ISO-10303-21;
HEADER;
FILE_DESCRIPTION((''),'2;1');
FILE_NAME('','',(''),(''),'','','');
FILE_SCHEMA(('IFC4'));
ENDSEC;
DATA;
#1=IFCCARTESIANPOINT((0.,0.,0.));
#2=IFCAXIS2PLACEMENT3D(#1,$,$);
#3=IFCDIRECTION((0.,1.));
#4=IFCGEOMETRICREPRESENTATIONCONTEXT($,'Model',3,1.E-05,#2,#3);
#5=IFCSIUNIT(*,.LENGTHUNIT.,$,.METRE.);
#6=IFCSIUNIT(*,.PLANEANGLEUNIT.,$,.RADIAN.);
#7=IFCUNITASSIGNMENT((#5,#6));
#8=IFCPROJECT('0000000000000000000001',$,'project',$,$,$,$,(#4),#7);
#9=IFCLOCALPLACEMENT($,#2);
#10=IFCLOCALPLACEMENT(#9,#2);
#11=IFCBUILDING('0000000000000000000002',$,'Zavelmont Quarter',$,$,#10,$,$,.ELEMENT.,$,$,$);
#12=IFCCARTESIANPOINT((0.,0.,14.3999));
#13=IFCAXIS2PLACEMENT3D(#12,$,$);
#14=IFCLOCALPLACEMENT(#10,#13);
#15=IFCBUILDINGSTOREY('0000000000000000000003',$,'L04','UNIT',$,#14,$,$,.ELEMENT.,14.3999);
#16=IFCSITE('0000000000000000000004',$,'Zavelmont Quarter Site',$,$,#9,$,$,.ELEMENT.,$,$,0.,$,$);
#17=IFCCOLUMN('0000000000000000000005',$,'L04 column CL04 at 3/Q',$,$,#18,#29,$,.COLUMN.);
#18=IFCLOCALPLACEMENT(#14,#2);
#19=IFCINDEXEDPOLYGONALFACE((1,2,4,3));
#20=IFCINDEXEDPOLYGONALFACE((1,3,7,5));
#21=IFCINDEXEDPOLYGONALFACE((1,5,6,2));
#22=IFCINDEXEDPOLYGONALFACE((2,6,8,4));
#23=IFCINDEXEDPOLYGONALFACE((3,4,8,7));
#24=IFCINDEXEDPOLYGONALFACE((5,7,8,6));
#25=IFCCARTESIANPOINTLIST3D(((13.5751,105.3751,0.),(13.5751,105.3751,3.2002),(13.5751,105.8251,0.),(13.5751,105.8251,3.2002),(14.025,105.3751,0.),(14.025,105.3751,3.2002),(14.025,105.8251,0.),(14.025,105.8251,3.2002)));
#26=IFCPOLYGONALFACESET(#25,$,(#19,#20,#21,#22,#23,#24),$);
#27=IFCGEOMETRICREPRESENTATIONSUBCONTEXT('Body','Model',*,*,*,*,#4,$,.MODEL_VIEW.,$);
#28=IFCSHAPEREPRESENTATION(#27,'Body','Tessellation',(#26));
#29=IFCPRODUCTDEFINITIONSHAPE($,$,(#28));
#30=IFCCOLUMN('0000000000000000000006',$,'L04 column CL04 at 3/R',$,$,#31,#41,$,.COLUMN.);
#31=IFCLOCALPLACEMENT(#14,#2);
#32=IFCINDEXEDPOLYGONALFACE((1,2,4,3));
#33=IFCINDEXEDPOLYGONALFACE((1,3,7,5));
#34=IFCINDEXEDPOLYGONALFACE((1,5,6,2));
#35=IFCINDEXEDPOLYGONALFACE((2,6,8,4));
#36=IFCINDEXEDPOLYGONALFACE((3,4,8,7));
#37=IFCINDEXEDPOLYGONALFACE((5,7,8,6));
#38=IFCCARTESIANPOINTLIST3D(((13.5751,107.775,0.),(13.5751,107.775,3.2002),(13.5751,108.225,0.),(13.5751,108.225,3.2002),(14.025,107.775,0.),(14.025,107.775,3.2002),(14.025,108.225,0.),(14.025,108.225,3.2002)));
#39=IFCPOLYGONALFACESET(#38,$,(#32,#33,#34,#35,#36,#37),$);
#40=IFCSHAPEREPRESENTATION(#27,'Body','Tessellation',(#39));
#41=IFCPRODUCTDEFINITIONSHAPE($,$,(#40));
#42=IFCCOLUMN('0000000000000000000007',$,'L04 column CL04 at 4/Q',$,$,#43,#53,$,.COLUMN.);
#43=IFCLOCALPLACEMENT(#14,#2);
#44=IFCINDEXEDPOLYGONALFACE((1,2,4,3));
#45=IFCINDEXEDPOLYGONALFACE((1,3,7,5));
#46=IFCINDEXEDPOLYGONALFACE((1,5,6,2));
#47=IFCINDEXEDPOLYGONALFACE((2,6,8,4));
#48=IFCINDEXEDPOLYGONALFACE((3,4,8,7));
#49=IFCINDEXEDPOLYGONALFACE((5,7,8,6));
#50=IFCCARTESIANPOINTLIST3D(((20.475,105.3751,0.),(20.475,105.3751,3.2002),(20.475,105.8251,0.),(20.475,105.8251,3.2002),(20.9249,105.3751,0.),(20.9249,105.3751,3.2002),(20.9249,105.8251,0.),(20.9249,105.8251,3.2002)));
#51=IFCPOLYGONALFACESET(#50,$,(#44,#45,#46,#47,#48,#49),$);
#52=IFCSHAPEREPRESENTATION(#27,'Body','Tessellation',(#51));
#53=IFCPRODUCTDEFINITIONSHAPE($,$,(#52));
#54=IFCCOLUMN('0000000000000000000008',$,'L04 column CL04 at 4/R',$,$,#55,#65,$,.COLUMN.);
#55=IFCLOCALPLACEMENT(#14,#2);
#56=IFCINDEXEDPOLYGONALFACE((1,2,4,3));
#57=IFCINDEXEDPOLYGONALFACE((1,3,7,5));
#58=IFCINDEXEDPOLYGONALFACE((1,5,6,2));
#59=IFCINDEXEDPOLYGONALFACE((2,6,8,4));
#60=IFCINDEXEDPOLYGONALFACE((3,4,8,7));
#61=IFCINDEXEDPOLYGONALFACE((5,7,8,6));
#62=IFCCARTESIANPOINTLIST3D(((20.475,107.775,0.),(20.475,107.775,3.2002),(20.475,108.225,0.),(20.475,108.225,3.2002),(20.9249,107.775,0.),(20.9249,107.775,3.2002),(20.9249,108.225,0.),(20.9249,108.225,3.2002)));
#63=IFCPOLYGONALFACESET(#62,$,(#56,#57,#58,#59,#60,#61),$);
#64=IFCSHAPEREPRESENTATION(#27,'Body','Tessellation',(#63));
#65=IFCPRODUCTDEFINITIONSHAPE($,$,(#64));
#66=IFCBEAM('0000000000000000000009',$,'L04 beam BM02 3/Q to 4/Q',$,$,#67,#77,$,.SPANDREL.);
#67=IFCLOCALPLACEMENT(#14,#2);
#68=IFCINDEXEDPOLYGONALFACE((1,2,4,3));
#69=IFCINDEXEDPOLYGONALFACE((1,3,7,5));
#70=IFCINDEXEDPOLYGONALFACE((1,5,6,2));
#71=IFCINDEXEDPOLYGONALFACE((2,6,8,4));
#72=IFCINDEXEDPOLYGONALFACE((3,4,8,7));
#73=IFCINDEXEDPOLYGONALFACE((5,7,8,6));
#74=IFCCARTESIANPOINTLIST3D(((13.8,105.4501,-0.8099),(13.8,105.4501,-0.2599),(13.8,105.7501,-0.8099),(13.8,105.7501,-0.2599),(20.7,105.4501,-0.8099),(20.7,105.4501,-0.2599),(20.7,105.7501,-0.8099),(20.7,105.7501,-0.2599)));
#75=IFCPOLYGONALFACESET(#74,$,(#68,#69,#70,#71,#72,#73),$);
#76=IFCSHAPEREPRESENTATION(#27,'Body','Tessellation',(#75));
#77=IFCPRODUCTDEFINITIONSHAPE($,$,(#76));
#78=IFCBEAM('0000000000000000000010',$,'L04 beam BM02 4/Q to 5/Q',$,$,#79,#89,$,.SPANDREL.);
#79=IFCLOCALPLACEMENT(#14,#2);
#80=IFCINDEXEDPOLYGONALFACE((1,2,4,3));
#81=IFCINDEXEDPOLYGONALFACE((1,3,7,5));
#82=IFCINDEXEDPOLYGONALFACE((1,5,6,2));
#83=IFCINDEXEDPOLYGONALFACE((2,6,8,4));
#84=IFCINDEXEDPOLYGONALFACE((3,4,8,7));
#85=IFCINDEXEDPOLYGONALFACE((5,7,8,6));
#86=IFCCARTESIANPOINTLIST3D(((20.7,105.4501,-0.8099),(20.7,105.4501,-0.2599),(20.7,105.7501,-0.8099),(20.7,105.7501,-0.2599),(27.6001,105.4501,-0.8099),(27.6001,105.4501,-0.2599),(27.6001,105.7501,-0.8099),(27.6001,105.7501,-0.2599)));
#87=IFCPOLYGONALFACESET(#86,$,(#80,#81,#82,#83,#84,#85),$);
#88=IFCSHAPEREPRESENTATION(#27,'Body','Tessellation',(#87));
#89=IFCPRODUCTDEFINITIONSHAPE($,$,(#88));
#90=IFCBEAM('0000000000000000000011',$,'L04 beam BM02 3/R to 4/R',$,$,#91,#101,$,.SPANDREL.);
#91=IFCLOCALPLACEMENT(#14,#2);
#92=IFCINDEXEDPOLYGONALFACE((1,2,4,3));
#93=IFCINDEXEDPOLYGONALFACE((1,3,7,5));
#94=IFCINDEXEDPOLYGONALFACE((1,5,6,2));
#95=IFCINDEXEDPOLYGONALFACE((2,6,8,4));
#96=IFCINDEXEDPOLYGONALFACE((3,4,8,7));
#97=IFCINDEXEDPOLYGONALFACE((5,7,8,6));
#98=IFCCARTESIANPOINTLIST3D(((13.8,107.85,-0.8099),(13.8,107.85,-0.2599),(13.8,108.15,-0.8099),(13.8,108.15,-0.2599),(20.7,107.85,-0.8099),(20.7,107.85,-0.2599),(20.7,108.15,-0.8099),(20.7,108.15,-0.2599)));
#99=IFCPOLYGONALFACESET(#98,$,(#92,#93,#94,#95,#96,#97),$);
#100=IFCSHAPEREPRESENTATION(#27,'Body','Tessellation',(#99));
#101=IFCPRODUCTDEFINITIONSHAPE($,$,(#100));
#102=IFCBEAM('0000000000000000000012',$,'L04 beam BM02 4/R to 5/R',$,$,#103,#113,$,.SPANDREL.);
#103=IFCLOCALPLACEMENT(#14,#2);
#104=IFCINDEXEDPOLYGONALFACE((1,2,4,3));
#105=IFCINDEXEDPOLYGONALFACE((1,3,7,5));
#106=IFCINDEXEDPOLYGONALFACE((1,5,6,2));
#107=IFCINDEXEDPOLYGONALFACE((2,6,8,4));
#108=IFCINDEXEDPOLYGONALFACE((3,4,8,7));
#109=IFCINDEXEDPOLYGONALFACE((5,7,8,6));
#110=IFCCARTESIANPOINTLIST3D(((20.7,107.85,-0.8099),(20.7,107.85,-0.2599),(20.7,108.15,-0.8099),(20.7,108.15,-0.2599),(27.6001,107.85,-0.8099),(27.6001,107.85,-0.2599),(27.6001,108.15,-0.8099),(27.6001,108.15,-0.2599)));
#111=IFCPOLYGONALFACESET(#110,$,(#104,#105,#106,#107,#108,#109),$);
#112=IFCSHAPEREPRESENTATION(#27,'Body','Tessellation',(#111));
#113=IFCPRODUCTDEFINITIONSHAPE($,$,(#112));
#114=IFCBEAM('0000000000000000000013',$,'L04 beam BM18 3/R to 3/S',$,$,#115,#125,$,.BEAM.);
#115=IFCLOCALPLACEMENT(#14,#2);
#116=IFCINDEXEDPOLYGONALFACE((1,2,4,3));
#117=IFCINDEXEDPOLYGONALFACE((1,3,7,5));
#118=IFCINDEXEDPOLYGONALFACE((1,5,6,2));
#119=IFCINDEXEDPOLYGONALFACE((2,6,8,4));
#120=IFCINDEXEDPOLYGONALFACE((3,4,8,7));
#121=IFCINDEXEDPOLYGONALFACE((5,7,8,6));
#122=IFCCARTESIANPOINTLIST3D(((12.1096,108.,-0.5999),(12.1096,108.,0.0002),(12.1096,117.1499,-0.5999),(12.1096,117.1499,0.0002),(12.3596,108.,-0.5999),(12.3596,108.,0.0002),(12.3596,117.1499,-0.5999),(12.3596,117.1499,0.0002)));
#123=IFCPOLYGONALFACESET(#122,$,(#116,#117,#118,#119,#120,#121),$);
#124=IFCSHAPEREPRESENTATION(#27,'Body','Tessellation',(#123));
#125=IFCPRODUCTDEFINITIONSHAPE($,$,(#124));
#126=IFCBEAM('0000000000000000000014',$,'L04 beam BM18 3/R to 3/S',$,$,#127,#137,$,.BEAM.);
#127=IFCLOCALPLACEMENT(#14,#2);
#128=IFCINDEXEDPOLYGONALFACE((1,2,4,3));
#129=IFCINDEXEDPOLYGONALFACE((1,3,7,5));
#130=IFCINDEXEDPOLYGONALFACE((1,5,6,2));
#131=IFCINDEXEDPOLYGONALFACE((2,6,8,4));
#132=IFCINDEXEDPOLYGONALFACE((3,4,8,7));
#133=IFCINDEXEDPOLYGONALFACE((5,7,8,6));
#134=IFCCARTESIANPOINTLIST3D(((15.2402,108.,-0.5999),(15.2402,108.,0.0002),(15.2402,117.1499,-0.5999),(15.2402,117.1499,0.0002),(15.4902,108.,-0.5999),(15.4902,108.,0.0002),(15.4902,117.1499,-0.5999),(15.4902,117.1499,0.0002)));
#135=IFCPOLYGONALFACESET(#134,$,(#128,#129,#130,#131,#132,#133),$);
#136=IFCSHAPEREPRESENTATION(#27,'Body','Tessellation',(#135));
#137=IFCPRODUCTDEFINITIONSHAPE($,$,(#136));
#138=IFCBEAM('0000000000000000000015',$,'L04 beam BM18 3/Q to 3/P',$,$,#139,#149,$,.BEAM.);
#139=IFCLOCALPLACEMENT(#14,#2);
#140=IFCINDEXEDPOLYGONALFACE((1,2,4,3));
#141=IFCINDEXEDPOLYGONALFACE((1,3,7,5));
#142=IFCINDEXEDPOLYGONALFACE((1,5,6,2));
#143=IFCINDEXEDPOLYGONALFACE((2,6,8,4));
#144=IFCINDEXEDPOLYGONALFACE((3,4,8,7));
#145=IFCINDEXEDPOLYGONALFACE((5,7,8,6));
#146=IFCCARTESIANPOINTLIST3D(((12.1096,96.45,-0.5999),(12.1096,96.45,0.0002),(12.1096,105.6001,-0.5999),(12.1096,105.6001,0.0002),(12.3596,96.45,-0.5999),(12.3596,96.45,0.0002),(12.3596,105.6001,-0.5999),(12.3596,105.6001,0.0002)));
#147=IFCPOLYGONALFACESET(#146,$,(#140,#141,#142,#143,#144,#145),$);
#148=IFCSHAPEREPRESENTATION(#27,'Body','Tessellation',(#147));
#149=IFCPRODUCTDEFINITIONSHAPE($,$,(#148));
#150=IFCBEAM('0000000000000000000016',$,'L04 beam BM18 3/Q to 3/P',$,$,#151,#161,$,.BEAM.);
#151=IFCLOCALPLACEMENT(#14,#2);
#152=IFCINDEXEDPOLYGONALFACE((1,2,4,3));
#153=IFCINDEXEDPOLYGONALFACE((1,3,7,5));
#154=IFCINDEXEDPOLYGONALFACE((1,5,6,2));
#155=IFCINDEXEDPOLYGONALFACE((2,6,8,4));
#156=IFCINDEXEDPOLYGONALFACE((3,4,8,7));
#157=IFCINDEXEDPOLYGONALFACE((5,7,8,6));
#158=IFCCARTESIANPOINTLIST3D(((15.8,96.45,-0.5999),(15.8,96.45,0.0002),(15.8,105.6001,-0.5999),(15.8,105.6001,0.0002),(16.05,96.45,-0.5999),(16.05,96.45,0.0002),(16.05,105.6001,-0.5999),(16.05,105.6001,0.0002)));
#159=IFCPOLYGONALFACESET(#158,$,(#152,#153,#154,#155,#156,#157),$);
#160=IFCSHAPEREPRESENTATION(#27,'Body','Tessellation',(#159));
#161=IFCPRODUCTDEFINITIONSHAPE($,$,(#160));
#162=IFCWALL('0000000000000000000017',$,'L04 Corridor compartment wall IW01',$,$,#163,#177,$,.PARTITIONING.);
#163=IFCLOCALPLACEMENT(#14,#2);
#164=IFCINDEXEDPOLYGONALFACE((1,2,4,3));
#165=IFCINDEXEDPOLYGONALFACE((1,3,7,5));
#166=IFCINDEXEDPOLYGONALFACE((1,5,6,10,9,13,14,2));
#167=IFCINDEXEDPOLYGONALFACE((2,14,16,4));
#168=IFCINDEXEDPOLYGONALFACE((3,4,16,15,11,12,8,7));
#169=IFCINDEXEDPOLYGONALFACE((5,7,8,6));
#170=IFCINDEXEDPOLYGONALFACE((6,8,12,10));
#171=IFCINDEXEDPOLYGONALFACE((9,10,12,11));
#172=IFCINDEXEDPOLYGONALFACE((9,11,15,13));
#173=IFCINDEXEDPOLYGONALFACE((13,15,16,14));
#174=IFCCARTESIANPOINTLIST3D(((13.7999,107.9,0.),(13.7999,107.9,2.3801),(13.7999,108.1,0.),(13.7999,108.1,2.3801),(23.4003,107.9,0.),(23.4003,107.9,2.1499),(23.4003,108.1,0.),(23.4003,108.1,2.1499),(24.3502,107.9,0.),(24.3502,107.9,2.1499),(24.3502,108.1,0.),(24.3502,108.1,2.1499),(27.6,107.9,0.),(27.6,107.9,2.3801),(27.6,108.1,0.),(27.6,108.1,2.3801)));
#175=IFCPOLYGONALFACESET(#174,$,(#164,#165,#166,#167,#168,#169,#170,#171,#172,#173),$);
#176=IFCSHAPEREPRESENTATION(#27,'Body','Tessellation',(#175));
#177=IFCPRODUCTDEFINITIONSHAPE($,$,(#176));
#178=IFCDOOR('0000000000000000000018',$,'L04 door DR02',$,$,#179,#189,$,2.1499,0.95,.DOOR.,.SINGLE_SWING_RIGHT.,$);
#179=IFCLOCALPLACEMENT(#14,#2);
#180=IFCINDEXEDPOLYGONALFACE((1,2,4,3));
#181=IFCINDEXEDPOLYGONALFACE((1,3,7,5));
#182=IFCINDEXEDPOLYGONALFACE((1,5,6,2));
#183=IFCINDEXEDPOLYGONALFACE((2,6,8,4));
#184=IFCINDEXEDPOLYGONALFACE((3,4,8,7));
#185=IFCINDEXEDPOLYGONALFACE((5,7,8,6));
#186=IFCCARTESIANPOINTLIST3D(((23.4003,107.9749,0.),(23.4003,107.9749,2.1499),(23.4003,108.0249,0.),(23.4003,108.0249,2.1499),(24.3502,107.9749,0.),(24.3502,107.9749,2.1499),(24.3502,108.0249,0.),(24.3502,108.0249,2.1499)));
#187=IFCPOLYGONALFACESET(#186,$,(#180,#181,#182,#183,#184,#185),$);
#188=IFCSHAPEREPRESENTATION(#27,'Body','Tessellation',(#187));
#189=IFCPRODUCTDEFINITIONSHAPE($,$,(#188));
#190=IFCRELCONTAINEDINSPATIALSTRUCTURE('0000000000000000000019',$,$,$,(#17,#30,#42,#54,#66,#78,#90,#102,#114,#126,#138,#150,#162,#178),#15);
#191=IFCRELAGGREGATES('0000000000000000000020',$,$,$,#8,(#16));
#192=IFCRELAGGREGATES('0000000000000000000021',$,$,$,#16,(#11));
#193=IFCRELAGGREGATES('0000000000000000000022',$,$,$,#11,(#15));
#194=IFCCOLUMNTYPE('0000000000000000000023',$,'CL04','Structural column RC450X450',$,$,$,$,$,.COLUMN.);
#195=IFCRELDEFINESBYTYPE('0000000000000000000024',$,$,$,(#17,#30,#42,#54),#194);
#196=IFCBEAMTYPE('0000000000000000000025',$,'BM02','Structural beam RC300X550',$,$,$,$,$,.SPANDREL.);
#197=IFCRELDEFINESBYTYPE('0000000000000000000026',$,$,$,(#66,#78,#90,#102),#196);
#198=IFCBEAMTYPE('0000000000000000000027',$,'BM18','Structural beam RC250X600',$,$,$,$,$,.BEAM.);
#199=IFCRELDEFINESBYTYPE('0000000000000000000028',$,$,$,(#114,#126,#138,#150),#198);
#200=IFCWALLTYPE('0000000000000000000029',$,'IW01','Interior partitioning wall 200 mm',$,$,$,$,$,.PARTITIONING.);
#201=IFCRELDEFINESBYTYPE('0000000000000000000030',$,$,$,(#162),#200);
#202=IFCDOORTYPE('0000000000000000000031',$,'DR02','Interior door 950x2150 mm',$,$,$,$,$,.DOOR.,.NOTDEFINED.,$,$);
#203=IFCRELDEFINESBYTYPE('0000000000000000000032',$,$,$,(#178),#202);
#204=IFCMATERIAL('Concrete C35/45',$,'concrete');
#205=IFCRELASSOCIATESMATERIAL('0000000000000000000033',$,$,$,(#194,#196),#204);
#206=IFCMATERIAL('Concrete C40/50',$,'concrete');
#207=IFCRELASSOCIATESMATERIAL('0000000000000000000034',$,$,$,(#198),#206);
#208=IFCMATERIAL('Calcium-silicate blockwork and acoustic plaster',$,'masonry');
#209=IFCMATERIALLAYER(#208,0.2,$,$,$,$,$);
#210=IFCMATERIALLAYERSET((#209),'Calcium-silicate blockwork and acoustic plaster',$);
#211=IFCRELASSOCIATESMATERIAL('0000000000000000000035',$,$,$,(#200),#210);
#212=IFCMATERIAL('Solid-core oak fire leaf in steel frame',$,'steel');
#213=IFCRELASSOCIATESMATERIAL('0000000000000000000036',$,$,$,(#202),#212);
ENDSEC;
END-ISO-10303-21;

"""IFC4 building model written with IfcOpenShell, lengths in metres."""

from ifc_helpers import new_model, si_unit, direction, frame, frame_2d, origin, origin_with_axes, origin_2d, place, context, subcontext, project, spatial, rectangle, extrude, material, layer, layer_set, material_profile, profile_set, type_object, element, fill, save


model = new_model("IFC4")

# Units and contexts
model_context = context("Model", 3, precision=1e-05, world=origin(), true_north=direction((0.0, 1.0)))
body_context = subcontext(model_context, "Body", "Model", "MODEL_VIEW")
ifc_project = project(units=[si_unit("LENGTHUNIT", "METRE"), si_unit("PLANEANGLEUNIT", "RADIAN")], contexts=[model_context])

# Site, building, storey
site_placement = place(None, origin())
site = spatial("IfcSite", under=ifc_project, at=site_placement, Name="Zavelmont Quarter Site", CompositionType="ELEMENT", RefElevation=0.0)
building_placement = place(site_placement, origin())
building = spatial("IfcBuilding", under=site, at=building_placement, Name="Zavelmont Quarter", CompositionType="ELEMENT")
storey_placement = place(building_placement, frame((0.0, 0.0, 14.3999)))
storey = spatial("IfcBuildingStorey", under=building, at=storey_placement, Name="L04", Description="UNIT", CompositionType="ELEMENT", Elevation=14.3999)

# Columns
ifc_material_1 = material(Name="Concrete C35/45", Category="concrete")
ifc_material_profile_1 = material_profile(ifc_material_1, rectangle(XDim=0.45, YDim=0.45, at=origin_2d()), Name="RC450X450")
ifc_profile_set_1 = profile_set([ifc_material_profile_1], Name="Concrete C35/45")
column_type = type_object("IfcColumnType", Name="CL04", Description="Structural column RC450X450", PredefinedType="COLUMN", material=ifc_profile_set_1)
for number, where, z_axis, x_axis, name in (
    (1, (13.8, 105.6001, 0.0), (0.0, 0.0, 1.0), (1.0, 0.0, 0.0), "L04 column CL04 at 3/Q"),
    (2, (13.8, 108.0, 0.0), (0.0, 0.0, 1.0), (1.0, 0.0, 0.0), "L04 column CL04 at 3/R"),
    (3, (20.7, 105.6001, 0.0), (0.0, 0.0, 1.0), (1.0, 0.0, 0.0), "L04 column CL04 at 4/Q"),
    (4, (20.7, 108.0, 0.0), (0.0, 0.0, 1.0), (1.0, 0.0, 0.0), "L04 column CL04 at 4/R"),
):
    element("IfcColumn", number, at=place(storey_placement, frame(where, z_axis=z_axis, x_axis=x_axis)), inside=storey, type_object=column_type, Name=name, PredefinedType="COLUMN", context=body_context, shape_type="SweptSolid", body=[
        extrude(rectangle(XDim=0.45, YDim=0.45, at=origin_2d()), origin(), (0.0, 0.0, 1.0), 3.2002),
    ])

# Beams
ifc_material_profile_2 = material_profile(ifc_material_1, rectangle(XDim=0.3, YDim=0.55, at=origin_2d()), Name="RC300X550")
ifc_profile_set_2 = profile_set([ifc_material_profile_2], Name="Concrete C35/45")
beam_type_1 = type_object("IfcBeamType", Name="BM02", Description="Structural beam RC300X550", PredefinedType="SPANDREL", material=ifc_profile_set_2)
beam_1_placement = place(storey_placement, frame((13.8, 105.6001, -0.5349), z_axis=(1.0, 0.0, 0.0), x_axis=(0.0, 1.0, 0.0)))
element("IfcBeam", 5, at=beam_1_placement, inside=storey, type_object=beam_type_1, Name="L04 beam BM02 3/Q to 4/Q", PredefinedType="SPANDREL", context=body_context, shape_type="SweptSolid", body=[
    extrude(rectangle(XDim=0.3, YDim=0.55, at=origin_2d()), origin(), (0.0, 0.0, 1.0), 6.8999),
])
beam_2_placement = place(storey_placement, frame((20.7, 105.6001, -0.5349), z_axis=(1.0, 0.0, 0.0), x_axis=(0.0, 1.0, 0.0)))
element("IfcBeam", 6, at=beam_2_placement, inside=storey, type_object=beam_type_1, Name="L04 beam BM02 4/Q to 5/Q", PredefinedType="SPANDREL", context=body_context, shape_type="SweptSolid", body=[
    extrude(rectangle(XDim=0.3, YDim=0.55, at=origin_2d()), origin(), (0.0, 0.0, 1.0), 6.9001),
])
beam_3_placement = place(storey_placement, frame((13.8, 108.0, -0.5349), z_axis=(1.0, 0.0, 0.0), x_axis=(0.0, 1.0, 0.0)))
element("IfcBeam", 7, at=beam_3_placement, inside=storey, type_object=beam_type_1, Name="L04 beam BM02 3/R to 4/R", PredefinedType="SPANDREL", context=body_context, shape_type="SweptSolid", body=[
    extrude(rectangle(XDim=0.3, YDim=0.55, at=origin_2d()), origin(), (0.0, 0.0, 1.0), 6.8999),
])
beam_4_placement = place(storey_placement, frame((20.7, 108.0, -0.5349), z_axis=(1.0, 0.0, 0.0), x_axis=(0.0, 1.0, 0.0)))
element("IfcBeam", 8, at=beam_4_placement, inside=storey, type_object=beam_type_1, Name="L04 beam BM02 4/R to 5/R", PredefinedType="SPANDREL", context=body_context, shape_type="SweptSolid", body=[
    extrude(rectangle(XDim=0.3, YDim=0.55, at=origin_2d()), origin(), (0.0, 0.0, 1.0), 6.9001),
])
ifc_material_2 = material(Name="Concrete C40/50", Category="concrete")
ifc_material_profile_3 = material_profile(ifc_material_2, rectangle(XDim=0.25, YDim=0.6001, at=origin_2d()), Name="RC250X600")
ifc_profile_set_3 = profile_set([ifc_material_profile_3], Name="Concrete C40/50")
beam_type_2 = type_object("IfcBeamType", Name="BM18", Description="Structural beam RC250X600", PredefinedType="BEAM", material=ifc_profile_set_3)
for number, where, z_axis, x_axis, name in (
    (9, (12.2346, 108.0, -0.2998), (0.0, 1.0, 0.0), (-1.0, 0.0, 0.0), "L04 beam BM18 3/R to 3/S"),
    (10, (15.3652, 108.0, -0.2998), (0.0, 1.0, 0.0), (-1.0, 0.0, 0.0), "L04 beam BM18 3/R to 3/S"),
):
    element("IfcBeam", number, at=place(storey_placement, frame(where, z_axis=z_axis, x_axis=x_axis)), inside=storey, type_object=beam_type_2, Name=name, PredefinedType="BEAM", context=body_context, shape_type="SweptSolid", body=[
        extrude(rectangle(XDim=0.25, YDim=0.6001, at=origin_2d()), origin(), (0.0, 0.0, 1.0), 9.1499),
    ])
for number, where, z_axis, x_axis, name in (
    (11, (12.2346, 105.6001, -0.2998), (0.0, -1.0, 0.0), (1.0, 0.0, 0.0), "L04 beam BM18 3/Q to 3/P"),
    (12, (15.925, 105.6001, -0.2998), (0.0, -1.0, 0.0), (1.0, 0.0, 0.0), "L04 beam BM18 3/Q to 3/P"),
):
    element("IfcBeam", number, at=place(storey_placement, frame(where, z_axis=z_axis, x_axis=x_axis)), inside=storey, type_object=beam_type_2, Name=name, PredefinedType="BEAM", context=body_context, shape_type="SweptSolid", body=[
        extrude(rectangle(XDim=0.25, YDim=0.6001, at=origin_2d()), origin(), (0.0, 0.0, 1.0), 9.1501),
    ])

# Wall, opening, door
ifc_material_3 = material(Name="Calcium-silicate blockwork and acoustic plaster", Category="masonry")
ifc_layer_1 = layer(ifc_material_3, 0.2)
ifc_layer_set_1 = layer_set([ifc_layer_1], Name="Calcium-silicate blockwork and acoustic plaster")
wall_type_1 = type_object("IfcWallType", Name="IW01", Description="Interior partitioning wall 200 mm", PredefinedType="PARTITIONING", material=ifc_layer_set_1)
wall_1_placement = place(storey_placement, frame((13.8, 108.0, 0.0), z_axis=(0.0, 0.0, 1.0), x_axis=(1.0, 0.0, 0.0)))
wall_1 = element("IfcWall", 13, at=wall_1_placement, inside=storey, type_object=wall_type_1, Name="L04 Corridor compartment wall IW01", PredefinedType="PARTITIONING", context=body_context, shape_type="SweptSolid", body=[
    extrude(rectangle(XDim=13.8, YDim=0.2, at=frame_2d((6.8999, 0.0))), origin(), (0.0, 0.0, 1.0), 2.3801),
])
opening_1_placement = place(wall_1_placement, frame((9.6001, 0.0, 0.0)))
opening_1 = element("IfcOpeningElement", 14, at=opening_1_placement, cuts=wall_1, PredefinedType="OPENING", context=body_context, shape_type="SweptSolid", body=[
    extrude(rectangle(XDim=0.95, YDim=2.1499, at=frame_2d((0.4751, 1.075))), frame((0.0, 0.1118, 0.0), z_axis=(0.0, -1.0, 0.0), x_axis=(1.0, 0.0, 0.0)), (0.0, 0.0, 1.0), 0.2239),
])
ifc_material_4 = material(Name="Solid-core oak fire leaf in steel frame", Category="steel")
door_type_1 = type_object("IfcDoorType", Name="DR02", Description="Interior door 950x2150 mm", OperationType="NOTDEFINED", PredefinedType="DOOR", material=ifc_material_4)
door_1_placement = place(opening_1_placement, origin_with_axes())
door_1 = element("IfcDoor", 15, at=door_1_placement, inside=storey, type_object=door_type_1, Name="L04 door DR02", OperationType="SINGLE_SWING_RIGHT", OverallHeight=2.1499, OverallWidth=0.95, PredefinedType="DOOR", context=body_context, shape_type="SweptSolid", body=[
    extrude(rectangle(XDim=0.95, YDim=2.1499, at=frame_2d((0.4751, 1.075))), frame((0.0, 0.0249, 0.0), z_axis=(0.0, -1.0, 0.0), x_axis=(1.0, 0.0, 0.0)), (0.0, 0.0, 1.0), 0.05),
])
fill(opening_1, door_1)

save(model, "model.ifc")
